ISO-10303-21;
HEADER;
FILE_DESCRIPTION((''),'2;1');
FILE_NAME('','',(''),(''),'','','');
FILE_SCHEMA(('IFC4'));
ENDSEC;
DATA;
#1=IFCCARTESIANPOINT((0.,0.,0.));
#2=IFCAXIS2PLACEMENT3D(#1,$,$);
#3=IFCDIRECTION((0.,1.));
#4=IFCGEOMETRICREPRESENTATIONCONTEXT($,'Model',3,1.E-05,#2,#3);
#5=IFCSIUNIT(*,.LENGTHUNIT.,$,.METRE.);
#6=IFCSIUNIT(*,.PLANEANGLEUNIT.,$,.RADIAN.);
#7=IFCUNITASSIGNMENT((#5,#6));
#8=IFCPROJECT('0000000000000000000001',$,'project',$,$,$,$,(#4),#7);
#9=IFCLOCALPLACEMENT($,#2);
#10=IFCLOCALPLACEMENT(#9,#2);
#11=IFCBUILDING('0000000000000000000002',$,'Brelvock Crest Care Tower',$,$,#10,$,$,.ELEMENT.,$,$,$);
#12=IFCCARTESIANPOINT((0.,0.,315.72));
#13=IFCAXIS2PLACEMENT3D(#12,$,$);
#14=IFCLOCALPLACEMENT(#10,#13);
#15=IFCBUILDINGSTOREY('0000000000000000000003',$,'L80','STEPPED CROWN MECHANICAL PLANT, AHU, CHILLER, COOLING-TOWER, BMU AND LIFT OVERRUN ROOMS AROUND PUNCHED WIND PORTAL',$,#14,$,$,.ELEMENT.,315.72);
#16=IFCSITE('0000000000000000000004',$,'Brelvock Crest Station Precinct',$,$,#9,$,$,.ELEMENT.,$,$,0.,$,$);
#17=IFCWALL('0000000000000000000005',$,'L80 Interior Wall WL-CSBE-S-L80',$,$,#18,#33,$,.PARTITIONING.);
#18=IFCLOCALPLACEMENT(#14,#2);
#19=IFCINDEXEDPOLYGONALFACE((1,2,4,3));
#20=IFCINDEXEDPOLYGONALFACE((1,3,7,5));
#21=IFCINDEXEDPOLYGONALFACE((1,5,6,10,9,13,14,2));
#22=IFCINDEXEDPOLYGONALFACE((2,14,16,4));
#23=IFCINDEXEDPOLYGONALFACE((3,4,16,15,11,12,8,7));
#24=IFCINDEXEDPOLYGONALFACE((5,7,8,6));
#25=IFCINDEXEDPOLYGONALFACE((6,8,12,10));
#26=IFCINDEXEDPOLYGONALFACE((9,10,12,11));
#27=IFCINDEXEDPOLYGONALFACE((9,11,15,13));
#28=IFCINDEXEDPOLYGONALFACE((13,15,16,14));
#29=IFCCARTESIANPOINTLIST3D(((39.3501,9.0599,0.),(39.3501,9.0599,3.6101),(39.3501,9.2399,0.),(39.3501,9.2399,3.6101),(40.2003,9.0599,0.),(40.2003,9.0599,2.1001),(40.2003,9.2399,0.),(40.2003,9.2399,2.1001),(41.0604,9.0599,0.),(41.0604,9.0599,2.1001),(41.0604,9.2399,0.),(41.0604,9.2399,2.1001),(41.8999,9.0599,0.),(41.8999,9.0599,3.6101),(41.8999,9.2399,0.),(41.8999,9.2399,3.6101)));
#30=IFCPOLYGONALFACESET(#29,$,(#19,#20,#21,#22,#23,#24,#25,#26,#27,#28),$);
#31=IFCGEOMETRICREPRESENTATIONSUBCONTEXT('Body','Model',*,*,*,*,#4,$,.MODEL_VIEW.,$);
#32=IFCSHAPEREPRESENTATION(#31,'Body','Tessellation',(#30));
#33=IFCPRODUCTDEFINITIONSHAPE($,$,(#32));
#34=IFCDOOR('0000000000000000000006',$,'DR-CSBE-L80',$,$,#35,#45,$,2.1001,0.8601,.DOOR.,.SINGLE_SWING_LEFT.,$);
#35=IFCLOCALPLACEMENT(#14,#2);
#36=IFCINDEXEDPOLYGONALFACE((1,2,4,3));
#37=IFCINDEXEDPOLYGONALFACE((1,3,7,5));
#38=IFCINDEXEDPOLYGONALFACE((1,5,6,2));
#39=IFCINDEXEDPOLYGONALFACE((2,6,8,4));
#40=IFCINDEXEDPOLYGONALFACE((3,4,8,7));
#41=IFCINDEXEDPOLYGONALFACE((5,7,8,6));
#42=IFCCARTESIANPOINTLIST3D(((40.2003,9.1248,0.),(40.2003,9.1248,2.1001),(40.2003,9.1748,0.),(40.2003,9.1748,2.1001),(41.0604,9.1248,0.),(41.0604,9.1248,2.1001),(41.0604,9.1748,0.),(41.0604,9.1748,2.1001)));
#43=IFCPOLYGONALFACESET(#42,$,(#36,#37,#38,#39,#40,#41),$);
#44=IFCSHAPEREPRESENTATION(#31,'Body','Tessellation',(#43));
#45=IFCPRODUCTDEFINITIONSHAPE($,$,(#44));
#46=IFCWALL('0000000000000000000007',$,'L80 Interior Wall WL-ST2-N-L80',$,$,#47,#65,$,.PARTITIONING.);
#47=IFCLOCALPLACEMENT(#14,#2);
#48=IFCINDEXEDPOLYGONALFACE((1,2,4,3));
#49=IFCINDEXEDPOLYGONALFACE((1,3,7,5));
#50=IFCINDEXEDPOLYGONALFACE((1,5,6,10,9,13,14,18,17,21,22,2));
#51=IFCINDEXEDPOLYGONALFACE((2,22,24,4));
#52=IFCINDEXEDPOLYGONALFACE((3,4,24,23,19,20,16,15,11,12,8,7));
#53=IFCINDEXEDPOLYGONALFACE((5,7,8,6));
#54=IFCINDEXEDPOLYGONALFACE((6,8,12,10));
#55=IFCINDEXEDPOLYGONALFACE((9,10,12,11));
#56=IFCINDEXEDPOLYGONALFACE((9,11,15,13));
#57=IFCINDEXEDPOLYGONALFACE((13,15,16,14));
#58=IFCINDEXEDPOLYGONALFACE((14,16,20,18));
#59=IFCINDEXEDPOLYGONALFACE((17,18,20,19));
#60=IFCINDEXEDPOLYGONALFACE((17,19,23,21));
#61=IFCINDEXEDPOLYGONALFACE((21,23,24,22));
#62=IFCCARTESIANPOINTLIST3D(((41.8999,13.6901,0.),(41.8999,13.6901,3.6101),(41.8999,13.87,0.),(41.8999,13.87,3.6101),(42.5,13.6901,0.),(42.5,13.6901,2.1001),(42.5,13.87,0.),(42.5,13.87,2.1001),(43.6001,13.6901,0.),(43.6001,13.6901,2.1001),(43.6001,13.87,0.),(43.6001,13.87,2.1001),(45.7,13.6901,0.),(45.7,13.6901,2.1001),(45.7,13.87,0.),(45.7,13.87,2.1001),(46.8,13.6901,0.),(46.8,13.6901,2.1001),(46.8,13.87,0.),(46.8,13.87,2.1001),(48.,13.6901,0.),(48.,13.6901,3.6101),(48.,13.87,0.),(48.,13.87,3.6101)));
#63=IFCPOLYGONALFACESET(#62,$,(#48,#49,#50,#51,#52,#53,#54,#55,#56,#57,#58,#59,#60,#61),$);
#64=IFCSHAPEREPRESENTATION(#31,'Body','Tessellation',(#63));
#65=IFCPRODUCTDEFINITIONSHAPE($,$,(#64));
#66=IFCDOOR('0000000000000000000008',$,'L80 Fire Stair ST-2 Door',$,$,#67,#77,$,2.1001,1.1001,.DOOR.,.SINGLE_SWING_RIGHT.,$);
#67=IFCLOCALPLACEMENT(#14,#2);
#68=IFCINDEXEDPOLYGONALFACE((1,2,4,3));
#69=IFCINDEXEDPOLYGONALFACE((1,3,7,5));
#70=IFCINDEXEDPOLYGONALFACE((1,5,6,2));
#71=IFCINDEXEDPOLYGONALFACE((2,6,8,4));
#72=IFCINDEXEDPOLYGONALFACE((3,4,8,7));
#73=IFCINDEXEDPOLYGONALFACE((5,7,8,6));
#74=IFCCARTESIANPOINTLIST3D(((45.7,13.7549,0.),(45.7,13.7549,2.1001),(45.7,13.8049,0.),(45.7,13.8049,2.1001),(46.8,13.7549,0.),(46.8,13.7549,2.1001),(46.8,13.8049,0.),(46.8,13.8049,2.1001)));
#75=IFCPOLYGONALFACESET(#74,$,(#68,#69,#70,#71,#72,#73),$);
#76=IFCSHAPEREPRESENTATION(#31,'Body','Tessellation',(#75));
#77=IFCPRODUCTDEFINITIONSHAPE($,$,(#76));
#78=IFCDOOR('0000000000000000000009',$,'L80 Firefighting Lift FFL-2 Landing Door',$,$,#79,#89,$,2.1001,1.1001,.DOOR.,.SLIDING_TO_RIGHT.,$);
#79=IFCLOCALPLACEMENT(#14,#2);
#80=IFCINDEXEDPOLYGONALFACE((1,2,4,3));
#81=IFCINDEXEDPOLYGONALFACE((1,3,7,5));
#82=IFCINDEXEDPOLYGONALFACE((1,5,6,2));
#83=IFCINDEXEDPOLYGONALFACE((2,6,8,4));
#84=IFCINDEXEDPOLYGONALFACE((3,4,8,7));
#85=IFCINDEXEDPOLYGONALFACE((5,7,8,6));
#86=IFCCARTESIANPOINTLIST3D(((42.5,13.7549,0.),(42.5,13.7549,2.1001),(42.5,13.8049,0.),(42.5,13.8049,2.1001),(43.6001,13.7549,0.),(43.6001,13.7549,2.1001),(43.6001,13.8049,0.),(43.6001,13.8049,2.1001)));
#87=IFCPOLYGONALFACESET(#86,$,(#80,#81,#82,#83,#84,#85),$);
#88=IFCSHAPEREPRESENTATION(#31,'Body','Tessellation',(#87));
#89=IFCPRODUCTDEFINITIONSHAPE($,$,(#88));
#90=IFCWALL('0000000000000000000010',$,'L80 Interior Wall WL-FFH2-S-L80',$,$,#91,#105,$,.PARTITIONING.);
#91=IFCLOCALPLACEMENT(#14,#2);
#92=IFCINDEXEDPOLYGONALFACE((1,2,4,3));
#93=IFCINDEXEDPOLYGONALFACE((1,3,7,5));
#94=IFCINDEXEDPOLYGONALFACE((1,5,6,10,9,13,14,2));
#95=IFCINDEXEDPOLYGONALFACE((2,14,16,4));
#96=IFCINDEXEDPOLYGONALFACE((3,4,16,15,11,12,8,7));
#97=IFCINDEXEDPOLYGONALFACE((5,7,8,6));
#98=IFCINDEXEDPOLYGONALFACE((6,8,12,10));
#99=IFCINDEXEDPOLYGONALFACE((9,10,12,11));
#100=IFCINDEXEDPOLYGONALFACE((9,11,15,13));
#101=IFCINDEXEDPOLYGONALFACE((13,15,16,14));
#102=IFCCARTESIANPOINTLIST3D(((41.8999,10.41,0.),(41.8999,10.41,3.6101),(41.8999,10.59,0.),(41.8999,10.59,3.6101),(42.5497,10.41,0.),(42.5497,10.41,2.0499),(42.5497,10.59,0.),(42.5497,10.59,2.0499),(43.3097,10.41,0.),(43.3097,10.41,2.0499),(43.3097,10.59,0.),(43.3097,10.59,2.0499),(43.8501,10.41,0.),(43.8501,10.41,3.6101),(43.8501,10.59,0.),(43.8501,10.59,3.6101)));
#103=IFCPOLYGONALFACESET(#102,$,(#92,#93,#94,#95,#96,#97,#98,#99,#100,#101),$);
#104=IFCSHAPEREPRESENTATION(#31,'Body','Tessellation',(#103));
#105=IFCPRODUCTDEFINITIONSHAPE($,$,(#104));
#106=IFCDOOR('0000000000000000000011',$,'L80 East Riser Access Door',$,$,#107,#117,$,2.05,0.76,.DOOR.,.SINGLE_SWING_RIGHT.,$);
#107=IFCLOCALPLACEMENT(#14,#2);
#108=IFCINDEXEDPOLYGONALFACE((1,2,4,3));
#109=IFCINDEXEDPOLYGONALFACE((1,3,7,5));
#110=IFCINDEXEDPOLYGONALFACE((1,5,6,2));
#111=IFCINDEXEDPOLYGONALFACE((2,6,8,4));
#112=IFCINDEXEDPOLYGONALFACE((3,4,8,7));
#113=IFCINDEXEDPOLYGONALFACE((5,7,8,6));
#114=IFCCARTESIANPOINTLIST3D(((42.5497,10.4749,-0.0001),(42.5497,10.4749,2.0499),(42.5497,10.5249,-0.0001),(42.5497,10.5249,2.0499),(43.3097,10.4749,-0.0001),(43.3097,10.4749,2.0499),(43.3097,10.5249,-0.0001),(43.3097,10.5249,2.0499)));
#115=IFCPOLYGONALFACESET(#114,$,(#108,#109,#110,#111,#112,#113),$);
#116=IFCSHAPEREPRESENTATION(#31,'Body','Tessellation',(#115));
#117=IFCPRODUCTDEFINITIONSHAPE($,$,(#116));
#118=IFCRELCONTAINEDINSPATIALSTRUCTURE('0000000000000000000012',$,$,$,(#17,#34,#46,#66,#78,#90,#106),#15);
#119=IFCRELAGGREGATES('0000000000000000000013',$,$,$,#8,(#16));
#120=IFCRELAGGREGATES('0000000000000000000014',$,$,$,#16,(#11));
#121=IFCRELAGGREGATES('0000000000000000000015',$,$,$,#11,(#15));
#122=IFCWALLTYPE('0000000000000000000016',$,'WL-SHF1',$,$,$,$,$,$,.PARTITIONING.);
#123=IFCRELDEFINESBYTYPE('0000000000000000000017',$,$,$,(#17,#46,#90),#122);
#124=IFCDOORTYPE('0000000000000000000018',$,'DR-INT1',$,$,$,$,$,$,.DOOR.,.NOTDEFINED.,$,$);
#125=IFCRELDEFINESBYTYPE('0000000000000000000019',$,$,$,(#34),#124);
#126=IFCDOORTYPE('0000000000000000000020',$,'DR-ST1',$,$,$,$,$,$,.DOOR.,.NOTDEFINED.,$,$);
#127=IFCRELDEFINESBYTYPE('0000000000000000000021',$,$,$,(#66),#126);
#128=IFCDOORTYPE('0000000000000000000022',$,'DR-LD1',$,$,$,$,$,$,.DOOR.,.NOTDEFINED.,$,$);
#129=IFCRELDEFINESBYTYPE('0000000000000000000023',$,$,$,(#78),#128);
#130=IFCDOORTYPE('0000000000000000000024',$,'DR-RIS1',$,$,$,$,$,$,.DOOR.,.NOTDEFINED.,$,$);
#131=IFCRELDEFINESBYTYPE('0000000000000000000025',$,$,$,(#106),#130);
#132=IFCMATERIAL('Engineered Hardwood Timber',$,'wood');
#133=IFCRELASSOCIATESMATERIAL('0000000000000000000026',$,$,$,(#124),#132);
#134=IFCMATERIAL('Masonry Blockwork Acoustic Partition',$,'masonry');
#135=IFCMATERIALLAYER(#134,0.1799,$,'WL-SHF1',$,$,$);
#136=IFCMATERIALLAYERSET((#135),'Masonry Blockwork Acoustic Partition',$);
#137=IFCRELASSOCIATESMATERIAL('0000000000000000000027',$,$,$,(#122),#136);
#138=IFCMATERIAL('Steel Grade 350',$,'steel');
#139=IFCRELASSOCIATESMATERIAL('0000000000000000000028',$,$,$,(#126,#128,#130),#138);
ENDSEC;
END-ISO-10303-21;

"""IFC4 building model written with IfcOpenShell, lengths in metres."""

from ifc_helpers import new_model, si_unit, direction, frame, frame_2d, origin, origin_2d, place, context, subcontext, project, spatial, rectangle, extrude, source, transform, mapped, material, layer, layer_set, type_object, element, fill, save


model = new_model("IFC4")

# Units and contexts
model_context = context("Model", 3, precision=1e-05, world=origin(), true_north=direction((0.0, 1.0)))
body_context = subcontext(model_context, "Body", "Model", "MODEL_VIEW")
ifc_project = project(units=[si_unit("LENGTHUNIT", "METRE"), si_unit("PLANEANGLEUNIT", "RADIAN")], contexts=[model_context])

# Site, building, storey
site_placement = place(None, origin())
site = spatial("IfcSite", under=ifc_project, at=site_placement, Name="Brelvock Crest Station Precinct", CompositionType="ELEMENT", RefElevation=0.0)
building_placement = place(site_placement, origin())
building = spatial("IfcBuilding", under=site, at=building_placement, Name="Brelvock Crest Care Tower", CompositionType="ELEMENT")
storey_placement = place(building_placement, frame((0.0, 0.0, 315.72)))
storey = spatial("IfcBuildingStorey", under=building, at=storey_placement, Name="L80", Description="STEPPED CROWN MECHANICAL PLANT, AHU, CHILLER, COOLING-TOWER, BMU AND LIFT OVERRUN ROOMS AROUND PUNCHED WIND PORTAL", CompositionType="ELEMENT", Elevation=315.72)

# Shared definitions
ifc_material_1 = material(Name="Steel Grade 350", Category="steel")

# Shared definitions
ifc_material_2 = material(Name="Masonry Blockwork Acoustic Partition", Category="masonry")

# Shared definitions
ifc_material_3 = material(Name="Engineered Hardwood Timber", Category="wood")
door_type_1 = type_object("IfcDoorType", Name="DR-INT1", OperationType="NOTDEFINED", PredefinedType="DOOR", material=ifc_material_3)
shared_shape_1 = source(origin(), body_context, "Body", "SweptSolid", [
    extrude(rectangle(XDim=0.8601, YDim=2.1001, at=origin_2d()), frame((0.4302, 0.0249, 1.05), z_axis=(0.0, -1.0, 0.0), x_axis=(1.0, 0.0, 0.0)), (0.0, 0.0, 1.0), 0.05),
])

# Shared definitions
ifc_layer_1 = layer(ifc_material_2, 0.1799, Name="WL-SHF1")
ifc_layer_set_1 = layer_set([ifc_layer_1], Name="Masonry Blockwork Acoustic Partition")
wall_type_1 = type_object("IfcWallType", Name="WL-SHF1", PredefinedType="PARTITIONING", material=ifc_layer_set_1)

# Wall, opening, door
wall_1_placement = place(storey_placement, frame((39.3501, 9.1499, 0.0), z_axis=(0.0, 0.0, 1.0), x_axis=(1.0, 0.0, 0.0)))
wall_1 = element("IfcWall", 1, at=wall_1_placement, inside=storey, type_object=wall_type_1, Name="L80 Interior Wall WL-CSBE-S-L80", PredefinedType="PARTITIONING", context=body_context, shape_type="SweptSolid", body=[
    extrude(rectangle(XDim=2.5498, YDim=0.1799, at=frame_2d((1.2749, 0.0))), origin(), (0.0, 0.0, 1.0), 3.6101),
])
opening_1_placement = place(wall_1_placement, frame((0.8501, 0.0, 0.0)))
opening_1 = element("IfcOpeningElement", 2, at=opening_1_placement, cuts=wall_1, PredefinedType="OPENING", context=body_context, shape_type="SweptSolid", body=[
    extrude(rectangle(XDim=0.8601, YDim=2.1001, at=origin_2d()), frame((0.4302, 0.1001, 1.05), z_axis=(0.0, -1.0, 0.0), x_axis=(1.0, 0.0, 0.0)), (0.0, 0.0, 1.0), 0.2),
])
door_1_placement = place(opening_1_placement, origin())
door_1 = element("IfcDoor", 3, at=door_1_placement, inside=storey, type_object=door_type_1, Name="DR-CSBE-L80", OperationType="SINGLE_SWING_LEFT", OverallHeight=2.1001, OverallWidth=0.8601, PredefinedType="DOOR", context=body_context, shape_type="MappedRepresentation", body=[
    mapped(shared_shape_1, transform((0.0, 0.0, 0.0), x_axis=(1.0, 0.0, 0.0), y_axis=(0.0, 1.0, 0.0), z_axis=(0.0, 0.0, 1.0), scale=1.0)),
])
fill(opening_1, door_1)

# Wall, openings, doors
wall_2_placement = place(storey_placement, frame((41.8999, 13.78, 0.0), z_axis=(0.0, 0.0, 1.0), x_axis=(1.0, 0.0, 0.0)))
wall_2 = element("IfcWall", 4, at=wall_2_placement, inside=storey, type_object=wall_type_1, Name="L80 Interior Wall WL-ST2-N-L80", PredefinedType="PARTITIONING", context=body_context, shape_type="SweptSolid", body=[
    extrude(rectangle(XDim=6.1001, YDim=0.1799, at=frame_2d((3.05, 0.0))), origin(), (0.0, 0.0, 1.0), 3.6101),
])
opening_2_placement = place(wall_2_placement, frame((0.6001, 0.0, 0.0)))
opening_2 = element("IfcOpeningElement", 5, at=opening_2_placement, cuts=wall_2, PredefinedType="OPENING", context=body_context, shape_type="SweptSolid", body=[
    extrude(rectangle(XDim=1.1001, YDim=2.1001, at=origin_2d()), frame((0.55, 0.1001, 1.05), z_axis=(0.0, -1.0, 0.0), x_axis=(1.0, 0.0, 0.0)), (0.0, 0.0, 1.0), 0.2),
])
opening_3_placement = place(wall_2_placement, frame((3.8, 0.0, 0.0)))
opening_3 = element("IfcOpeningElement", 6, at=opening_3_placement, cuts=wall_2, PredefinedType="OPENING", context=body_context, shape_type="SweptSolid", body=[
    extrude(rectangle(XDim=1.1001, YDim=2.1001, at=origin_2d()), frame((0.55, 0.1001, 1.05), z_axis=(0.0, -1.0, 0.0), x_axis=(1.0, 0.0, 0.0)), (0.0, 0.0, 1.0), 0.2),
])
door_type_2 = type_object("IfcDoorType", Name="DR-ST1", OperationType="NOTDEFINED", PredefinedType="DOOR", material=ifc_material_1)
shared_shape_2 = source(origin(), body_context, "Body", "SweptSolid", [
    extrude(rectangle(XDim=1.1001, YDim=2.1001, at=origin_2d()), frame((0.55, 0.0249, 1.05), z_axis=(0.0, -1.0, 0.0), x_axis=(1.0, 0.0, 0.0)), (0.0, 0.0, 1.0), 0.05),
])
door_2_placement = place(opening_3_placement, origin())
door_2 = element("IfcDoor", 7, at=door_2_placement, inside=storey, type_object=door_type_2, Name="L80 Fire Stair ST-2 Door", OperationType="SINGLE_SWING_RIGHT", OverallHeight=2.1001, OverallWidth=1.1001, PredefinedType="DOOR", context=body_context, shape_type="MappedRepresentation", body=[
    mapped(shared_shape_2, transform((0.0, 0.0, 0.0), x_axis=(1.0, 0.0, 0.0), y_axis=(0.0, 1.0, 0.0), z_axis=(0.0, 0.0, 1.0), scale=1.0)),
])
fill(opening_3, door_2)
door_type_3 = type_object("IfcDoorType", Name="DR-LD1", OperationType="NOTDEFINED", PredefinedType="DOOR", material=ifc_material_1)
shared_shape_3 = source(origin(), body_context, "Body", "SweptSolid", [
    extrude(rectangle(XDim=1.1001, YDim=2.1001, at=origin_2d()), frame((0.55, 0.0249, 1.05), z_axis=(0.0, -1.0, 0.0), x_axis=(1.0, 0.0, 0.0)), (0.0, 0.0, 1.0), 0.05),
])
door_3_placement = place(opening_2_placement, origin())
door_3 = element("IfcDoor", 8, at=door_3_placement, inside=storey, type_object=door_type_3, Name="L80 Firefighting Lift FFL-2 Landing Door", OperationType="SLIDING_TO_RIGHT", OverallHeight=2.1001, OverallWidth=1.1001, PredefinedType="DOOR", context=body_context, shape_type="MappedRepresentation", body=[
    mapped(shared_shape_3, transform((0.0, 0.0, 0.0), x_axis=(1.0, 0.0, 0.0), y_axis=(0.0, 1.0, 0.0), z_axis=(0.0, 0.0, 1.0), scale=1.0)),
])
fill(opening_2, door_3)

# Wall, opening, door
wall_3_placement = place(storey_placement, frame((41.8999, 10.5, 0.0), z_axis=(0.0, 0.0, 1.0), x_axis=(1.0, 0.0, 0.0)))
wall_3 = element("IfcWall", 9, at=wall_3_placement, inside=storey, type_object=wall_type_1, Name="L80 Interior Wall WL-FFH2-S-L80", PredefinedType="PARTITIONING", context=body_context, shape_type="SweptSolid", body=[
    extrude(rectangle(XDim=1.9502, YDim=0.1799, at=frame_2d((0.9751, 0.0))), origin(), (0.0, 0.0, 1.0), 3.6101),
])
opening_4_placement = place(wall_3_placement, frame((0.6499, 0.0, 0.0)))
opening_4 = element("IfcOpeningElement", 10, at=opening_4_placement, cuts=wall_3, PredefinedType="OPENING", context=body_context, shape_type="SweptSolid", body=[
    extrude(rectangle(XDim=0.76, YDim=2.05, at=origin_2d()), frame((0.3799, 0.1001, 1.0249), z_axis=(0.0, -1.0, 0.0), x_axis=(1.0, 0.0, 0.0)), (0.0, 0.0, 1.0), 0.2),
])
door_type_4 = type_object("IfcDoorType", Name="DR-RIS1", OperationType="NOTDEFINED", PredefinedType="DOOR", material=ifc_material_1)
shared_shape_4 = source(origin(), body_context, "Body", "SweptSolid", [
    extrude(rectangle(XDim=0.76, YDim=2.05, at=origin_2d()), frame((0.3799, 0.0249, 1.0249), z_axis=(0.0, -1.0, 0.0), x_axis=(1.0, 0.0, 0.0)), (0.0, 0.0, 1.0), 0.05),
])
door_4_placement = place(opening_4_placement, origin())
door_4 = element("IfcDoor", 11, at=door_4_placement, inside=storey, type_object=door_type_4, Name="L80 East Riser Access Door", OperationType="SINGLE_SWING_RIGHT", OverallHeight=2.05, OverallWidth=0.76, PredefinedType="DOOR", context=body_context, shape_type="MappedRepresentation", body=[
    mapped(shared_shape_4, transform((0.0, 0.0, 0.0), x_axis=(1.0, 0.0, 0.0), y_axis=(0.0, 1.0, 0.0), z_axis=(0.0, 0.0, 1.0), scale=1.0)),
])
fill(opening_4, door_4)

save(model, "model.ifc")
